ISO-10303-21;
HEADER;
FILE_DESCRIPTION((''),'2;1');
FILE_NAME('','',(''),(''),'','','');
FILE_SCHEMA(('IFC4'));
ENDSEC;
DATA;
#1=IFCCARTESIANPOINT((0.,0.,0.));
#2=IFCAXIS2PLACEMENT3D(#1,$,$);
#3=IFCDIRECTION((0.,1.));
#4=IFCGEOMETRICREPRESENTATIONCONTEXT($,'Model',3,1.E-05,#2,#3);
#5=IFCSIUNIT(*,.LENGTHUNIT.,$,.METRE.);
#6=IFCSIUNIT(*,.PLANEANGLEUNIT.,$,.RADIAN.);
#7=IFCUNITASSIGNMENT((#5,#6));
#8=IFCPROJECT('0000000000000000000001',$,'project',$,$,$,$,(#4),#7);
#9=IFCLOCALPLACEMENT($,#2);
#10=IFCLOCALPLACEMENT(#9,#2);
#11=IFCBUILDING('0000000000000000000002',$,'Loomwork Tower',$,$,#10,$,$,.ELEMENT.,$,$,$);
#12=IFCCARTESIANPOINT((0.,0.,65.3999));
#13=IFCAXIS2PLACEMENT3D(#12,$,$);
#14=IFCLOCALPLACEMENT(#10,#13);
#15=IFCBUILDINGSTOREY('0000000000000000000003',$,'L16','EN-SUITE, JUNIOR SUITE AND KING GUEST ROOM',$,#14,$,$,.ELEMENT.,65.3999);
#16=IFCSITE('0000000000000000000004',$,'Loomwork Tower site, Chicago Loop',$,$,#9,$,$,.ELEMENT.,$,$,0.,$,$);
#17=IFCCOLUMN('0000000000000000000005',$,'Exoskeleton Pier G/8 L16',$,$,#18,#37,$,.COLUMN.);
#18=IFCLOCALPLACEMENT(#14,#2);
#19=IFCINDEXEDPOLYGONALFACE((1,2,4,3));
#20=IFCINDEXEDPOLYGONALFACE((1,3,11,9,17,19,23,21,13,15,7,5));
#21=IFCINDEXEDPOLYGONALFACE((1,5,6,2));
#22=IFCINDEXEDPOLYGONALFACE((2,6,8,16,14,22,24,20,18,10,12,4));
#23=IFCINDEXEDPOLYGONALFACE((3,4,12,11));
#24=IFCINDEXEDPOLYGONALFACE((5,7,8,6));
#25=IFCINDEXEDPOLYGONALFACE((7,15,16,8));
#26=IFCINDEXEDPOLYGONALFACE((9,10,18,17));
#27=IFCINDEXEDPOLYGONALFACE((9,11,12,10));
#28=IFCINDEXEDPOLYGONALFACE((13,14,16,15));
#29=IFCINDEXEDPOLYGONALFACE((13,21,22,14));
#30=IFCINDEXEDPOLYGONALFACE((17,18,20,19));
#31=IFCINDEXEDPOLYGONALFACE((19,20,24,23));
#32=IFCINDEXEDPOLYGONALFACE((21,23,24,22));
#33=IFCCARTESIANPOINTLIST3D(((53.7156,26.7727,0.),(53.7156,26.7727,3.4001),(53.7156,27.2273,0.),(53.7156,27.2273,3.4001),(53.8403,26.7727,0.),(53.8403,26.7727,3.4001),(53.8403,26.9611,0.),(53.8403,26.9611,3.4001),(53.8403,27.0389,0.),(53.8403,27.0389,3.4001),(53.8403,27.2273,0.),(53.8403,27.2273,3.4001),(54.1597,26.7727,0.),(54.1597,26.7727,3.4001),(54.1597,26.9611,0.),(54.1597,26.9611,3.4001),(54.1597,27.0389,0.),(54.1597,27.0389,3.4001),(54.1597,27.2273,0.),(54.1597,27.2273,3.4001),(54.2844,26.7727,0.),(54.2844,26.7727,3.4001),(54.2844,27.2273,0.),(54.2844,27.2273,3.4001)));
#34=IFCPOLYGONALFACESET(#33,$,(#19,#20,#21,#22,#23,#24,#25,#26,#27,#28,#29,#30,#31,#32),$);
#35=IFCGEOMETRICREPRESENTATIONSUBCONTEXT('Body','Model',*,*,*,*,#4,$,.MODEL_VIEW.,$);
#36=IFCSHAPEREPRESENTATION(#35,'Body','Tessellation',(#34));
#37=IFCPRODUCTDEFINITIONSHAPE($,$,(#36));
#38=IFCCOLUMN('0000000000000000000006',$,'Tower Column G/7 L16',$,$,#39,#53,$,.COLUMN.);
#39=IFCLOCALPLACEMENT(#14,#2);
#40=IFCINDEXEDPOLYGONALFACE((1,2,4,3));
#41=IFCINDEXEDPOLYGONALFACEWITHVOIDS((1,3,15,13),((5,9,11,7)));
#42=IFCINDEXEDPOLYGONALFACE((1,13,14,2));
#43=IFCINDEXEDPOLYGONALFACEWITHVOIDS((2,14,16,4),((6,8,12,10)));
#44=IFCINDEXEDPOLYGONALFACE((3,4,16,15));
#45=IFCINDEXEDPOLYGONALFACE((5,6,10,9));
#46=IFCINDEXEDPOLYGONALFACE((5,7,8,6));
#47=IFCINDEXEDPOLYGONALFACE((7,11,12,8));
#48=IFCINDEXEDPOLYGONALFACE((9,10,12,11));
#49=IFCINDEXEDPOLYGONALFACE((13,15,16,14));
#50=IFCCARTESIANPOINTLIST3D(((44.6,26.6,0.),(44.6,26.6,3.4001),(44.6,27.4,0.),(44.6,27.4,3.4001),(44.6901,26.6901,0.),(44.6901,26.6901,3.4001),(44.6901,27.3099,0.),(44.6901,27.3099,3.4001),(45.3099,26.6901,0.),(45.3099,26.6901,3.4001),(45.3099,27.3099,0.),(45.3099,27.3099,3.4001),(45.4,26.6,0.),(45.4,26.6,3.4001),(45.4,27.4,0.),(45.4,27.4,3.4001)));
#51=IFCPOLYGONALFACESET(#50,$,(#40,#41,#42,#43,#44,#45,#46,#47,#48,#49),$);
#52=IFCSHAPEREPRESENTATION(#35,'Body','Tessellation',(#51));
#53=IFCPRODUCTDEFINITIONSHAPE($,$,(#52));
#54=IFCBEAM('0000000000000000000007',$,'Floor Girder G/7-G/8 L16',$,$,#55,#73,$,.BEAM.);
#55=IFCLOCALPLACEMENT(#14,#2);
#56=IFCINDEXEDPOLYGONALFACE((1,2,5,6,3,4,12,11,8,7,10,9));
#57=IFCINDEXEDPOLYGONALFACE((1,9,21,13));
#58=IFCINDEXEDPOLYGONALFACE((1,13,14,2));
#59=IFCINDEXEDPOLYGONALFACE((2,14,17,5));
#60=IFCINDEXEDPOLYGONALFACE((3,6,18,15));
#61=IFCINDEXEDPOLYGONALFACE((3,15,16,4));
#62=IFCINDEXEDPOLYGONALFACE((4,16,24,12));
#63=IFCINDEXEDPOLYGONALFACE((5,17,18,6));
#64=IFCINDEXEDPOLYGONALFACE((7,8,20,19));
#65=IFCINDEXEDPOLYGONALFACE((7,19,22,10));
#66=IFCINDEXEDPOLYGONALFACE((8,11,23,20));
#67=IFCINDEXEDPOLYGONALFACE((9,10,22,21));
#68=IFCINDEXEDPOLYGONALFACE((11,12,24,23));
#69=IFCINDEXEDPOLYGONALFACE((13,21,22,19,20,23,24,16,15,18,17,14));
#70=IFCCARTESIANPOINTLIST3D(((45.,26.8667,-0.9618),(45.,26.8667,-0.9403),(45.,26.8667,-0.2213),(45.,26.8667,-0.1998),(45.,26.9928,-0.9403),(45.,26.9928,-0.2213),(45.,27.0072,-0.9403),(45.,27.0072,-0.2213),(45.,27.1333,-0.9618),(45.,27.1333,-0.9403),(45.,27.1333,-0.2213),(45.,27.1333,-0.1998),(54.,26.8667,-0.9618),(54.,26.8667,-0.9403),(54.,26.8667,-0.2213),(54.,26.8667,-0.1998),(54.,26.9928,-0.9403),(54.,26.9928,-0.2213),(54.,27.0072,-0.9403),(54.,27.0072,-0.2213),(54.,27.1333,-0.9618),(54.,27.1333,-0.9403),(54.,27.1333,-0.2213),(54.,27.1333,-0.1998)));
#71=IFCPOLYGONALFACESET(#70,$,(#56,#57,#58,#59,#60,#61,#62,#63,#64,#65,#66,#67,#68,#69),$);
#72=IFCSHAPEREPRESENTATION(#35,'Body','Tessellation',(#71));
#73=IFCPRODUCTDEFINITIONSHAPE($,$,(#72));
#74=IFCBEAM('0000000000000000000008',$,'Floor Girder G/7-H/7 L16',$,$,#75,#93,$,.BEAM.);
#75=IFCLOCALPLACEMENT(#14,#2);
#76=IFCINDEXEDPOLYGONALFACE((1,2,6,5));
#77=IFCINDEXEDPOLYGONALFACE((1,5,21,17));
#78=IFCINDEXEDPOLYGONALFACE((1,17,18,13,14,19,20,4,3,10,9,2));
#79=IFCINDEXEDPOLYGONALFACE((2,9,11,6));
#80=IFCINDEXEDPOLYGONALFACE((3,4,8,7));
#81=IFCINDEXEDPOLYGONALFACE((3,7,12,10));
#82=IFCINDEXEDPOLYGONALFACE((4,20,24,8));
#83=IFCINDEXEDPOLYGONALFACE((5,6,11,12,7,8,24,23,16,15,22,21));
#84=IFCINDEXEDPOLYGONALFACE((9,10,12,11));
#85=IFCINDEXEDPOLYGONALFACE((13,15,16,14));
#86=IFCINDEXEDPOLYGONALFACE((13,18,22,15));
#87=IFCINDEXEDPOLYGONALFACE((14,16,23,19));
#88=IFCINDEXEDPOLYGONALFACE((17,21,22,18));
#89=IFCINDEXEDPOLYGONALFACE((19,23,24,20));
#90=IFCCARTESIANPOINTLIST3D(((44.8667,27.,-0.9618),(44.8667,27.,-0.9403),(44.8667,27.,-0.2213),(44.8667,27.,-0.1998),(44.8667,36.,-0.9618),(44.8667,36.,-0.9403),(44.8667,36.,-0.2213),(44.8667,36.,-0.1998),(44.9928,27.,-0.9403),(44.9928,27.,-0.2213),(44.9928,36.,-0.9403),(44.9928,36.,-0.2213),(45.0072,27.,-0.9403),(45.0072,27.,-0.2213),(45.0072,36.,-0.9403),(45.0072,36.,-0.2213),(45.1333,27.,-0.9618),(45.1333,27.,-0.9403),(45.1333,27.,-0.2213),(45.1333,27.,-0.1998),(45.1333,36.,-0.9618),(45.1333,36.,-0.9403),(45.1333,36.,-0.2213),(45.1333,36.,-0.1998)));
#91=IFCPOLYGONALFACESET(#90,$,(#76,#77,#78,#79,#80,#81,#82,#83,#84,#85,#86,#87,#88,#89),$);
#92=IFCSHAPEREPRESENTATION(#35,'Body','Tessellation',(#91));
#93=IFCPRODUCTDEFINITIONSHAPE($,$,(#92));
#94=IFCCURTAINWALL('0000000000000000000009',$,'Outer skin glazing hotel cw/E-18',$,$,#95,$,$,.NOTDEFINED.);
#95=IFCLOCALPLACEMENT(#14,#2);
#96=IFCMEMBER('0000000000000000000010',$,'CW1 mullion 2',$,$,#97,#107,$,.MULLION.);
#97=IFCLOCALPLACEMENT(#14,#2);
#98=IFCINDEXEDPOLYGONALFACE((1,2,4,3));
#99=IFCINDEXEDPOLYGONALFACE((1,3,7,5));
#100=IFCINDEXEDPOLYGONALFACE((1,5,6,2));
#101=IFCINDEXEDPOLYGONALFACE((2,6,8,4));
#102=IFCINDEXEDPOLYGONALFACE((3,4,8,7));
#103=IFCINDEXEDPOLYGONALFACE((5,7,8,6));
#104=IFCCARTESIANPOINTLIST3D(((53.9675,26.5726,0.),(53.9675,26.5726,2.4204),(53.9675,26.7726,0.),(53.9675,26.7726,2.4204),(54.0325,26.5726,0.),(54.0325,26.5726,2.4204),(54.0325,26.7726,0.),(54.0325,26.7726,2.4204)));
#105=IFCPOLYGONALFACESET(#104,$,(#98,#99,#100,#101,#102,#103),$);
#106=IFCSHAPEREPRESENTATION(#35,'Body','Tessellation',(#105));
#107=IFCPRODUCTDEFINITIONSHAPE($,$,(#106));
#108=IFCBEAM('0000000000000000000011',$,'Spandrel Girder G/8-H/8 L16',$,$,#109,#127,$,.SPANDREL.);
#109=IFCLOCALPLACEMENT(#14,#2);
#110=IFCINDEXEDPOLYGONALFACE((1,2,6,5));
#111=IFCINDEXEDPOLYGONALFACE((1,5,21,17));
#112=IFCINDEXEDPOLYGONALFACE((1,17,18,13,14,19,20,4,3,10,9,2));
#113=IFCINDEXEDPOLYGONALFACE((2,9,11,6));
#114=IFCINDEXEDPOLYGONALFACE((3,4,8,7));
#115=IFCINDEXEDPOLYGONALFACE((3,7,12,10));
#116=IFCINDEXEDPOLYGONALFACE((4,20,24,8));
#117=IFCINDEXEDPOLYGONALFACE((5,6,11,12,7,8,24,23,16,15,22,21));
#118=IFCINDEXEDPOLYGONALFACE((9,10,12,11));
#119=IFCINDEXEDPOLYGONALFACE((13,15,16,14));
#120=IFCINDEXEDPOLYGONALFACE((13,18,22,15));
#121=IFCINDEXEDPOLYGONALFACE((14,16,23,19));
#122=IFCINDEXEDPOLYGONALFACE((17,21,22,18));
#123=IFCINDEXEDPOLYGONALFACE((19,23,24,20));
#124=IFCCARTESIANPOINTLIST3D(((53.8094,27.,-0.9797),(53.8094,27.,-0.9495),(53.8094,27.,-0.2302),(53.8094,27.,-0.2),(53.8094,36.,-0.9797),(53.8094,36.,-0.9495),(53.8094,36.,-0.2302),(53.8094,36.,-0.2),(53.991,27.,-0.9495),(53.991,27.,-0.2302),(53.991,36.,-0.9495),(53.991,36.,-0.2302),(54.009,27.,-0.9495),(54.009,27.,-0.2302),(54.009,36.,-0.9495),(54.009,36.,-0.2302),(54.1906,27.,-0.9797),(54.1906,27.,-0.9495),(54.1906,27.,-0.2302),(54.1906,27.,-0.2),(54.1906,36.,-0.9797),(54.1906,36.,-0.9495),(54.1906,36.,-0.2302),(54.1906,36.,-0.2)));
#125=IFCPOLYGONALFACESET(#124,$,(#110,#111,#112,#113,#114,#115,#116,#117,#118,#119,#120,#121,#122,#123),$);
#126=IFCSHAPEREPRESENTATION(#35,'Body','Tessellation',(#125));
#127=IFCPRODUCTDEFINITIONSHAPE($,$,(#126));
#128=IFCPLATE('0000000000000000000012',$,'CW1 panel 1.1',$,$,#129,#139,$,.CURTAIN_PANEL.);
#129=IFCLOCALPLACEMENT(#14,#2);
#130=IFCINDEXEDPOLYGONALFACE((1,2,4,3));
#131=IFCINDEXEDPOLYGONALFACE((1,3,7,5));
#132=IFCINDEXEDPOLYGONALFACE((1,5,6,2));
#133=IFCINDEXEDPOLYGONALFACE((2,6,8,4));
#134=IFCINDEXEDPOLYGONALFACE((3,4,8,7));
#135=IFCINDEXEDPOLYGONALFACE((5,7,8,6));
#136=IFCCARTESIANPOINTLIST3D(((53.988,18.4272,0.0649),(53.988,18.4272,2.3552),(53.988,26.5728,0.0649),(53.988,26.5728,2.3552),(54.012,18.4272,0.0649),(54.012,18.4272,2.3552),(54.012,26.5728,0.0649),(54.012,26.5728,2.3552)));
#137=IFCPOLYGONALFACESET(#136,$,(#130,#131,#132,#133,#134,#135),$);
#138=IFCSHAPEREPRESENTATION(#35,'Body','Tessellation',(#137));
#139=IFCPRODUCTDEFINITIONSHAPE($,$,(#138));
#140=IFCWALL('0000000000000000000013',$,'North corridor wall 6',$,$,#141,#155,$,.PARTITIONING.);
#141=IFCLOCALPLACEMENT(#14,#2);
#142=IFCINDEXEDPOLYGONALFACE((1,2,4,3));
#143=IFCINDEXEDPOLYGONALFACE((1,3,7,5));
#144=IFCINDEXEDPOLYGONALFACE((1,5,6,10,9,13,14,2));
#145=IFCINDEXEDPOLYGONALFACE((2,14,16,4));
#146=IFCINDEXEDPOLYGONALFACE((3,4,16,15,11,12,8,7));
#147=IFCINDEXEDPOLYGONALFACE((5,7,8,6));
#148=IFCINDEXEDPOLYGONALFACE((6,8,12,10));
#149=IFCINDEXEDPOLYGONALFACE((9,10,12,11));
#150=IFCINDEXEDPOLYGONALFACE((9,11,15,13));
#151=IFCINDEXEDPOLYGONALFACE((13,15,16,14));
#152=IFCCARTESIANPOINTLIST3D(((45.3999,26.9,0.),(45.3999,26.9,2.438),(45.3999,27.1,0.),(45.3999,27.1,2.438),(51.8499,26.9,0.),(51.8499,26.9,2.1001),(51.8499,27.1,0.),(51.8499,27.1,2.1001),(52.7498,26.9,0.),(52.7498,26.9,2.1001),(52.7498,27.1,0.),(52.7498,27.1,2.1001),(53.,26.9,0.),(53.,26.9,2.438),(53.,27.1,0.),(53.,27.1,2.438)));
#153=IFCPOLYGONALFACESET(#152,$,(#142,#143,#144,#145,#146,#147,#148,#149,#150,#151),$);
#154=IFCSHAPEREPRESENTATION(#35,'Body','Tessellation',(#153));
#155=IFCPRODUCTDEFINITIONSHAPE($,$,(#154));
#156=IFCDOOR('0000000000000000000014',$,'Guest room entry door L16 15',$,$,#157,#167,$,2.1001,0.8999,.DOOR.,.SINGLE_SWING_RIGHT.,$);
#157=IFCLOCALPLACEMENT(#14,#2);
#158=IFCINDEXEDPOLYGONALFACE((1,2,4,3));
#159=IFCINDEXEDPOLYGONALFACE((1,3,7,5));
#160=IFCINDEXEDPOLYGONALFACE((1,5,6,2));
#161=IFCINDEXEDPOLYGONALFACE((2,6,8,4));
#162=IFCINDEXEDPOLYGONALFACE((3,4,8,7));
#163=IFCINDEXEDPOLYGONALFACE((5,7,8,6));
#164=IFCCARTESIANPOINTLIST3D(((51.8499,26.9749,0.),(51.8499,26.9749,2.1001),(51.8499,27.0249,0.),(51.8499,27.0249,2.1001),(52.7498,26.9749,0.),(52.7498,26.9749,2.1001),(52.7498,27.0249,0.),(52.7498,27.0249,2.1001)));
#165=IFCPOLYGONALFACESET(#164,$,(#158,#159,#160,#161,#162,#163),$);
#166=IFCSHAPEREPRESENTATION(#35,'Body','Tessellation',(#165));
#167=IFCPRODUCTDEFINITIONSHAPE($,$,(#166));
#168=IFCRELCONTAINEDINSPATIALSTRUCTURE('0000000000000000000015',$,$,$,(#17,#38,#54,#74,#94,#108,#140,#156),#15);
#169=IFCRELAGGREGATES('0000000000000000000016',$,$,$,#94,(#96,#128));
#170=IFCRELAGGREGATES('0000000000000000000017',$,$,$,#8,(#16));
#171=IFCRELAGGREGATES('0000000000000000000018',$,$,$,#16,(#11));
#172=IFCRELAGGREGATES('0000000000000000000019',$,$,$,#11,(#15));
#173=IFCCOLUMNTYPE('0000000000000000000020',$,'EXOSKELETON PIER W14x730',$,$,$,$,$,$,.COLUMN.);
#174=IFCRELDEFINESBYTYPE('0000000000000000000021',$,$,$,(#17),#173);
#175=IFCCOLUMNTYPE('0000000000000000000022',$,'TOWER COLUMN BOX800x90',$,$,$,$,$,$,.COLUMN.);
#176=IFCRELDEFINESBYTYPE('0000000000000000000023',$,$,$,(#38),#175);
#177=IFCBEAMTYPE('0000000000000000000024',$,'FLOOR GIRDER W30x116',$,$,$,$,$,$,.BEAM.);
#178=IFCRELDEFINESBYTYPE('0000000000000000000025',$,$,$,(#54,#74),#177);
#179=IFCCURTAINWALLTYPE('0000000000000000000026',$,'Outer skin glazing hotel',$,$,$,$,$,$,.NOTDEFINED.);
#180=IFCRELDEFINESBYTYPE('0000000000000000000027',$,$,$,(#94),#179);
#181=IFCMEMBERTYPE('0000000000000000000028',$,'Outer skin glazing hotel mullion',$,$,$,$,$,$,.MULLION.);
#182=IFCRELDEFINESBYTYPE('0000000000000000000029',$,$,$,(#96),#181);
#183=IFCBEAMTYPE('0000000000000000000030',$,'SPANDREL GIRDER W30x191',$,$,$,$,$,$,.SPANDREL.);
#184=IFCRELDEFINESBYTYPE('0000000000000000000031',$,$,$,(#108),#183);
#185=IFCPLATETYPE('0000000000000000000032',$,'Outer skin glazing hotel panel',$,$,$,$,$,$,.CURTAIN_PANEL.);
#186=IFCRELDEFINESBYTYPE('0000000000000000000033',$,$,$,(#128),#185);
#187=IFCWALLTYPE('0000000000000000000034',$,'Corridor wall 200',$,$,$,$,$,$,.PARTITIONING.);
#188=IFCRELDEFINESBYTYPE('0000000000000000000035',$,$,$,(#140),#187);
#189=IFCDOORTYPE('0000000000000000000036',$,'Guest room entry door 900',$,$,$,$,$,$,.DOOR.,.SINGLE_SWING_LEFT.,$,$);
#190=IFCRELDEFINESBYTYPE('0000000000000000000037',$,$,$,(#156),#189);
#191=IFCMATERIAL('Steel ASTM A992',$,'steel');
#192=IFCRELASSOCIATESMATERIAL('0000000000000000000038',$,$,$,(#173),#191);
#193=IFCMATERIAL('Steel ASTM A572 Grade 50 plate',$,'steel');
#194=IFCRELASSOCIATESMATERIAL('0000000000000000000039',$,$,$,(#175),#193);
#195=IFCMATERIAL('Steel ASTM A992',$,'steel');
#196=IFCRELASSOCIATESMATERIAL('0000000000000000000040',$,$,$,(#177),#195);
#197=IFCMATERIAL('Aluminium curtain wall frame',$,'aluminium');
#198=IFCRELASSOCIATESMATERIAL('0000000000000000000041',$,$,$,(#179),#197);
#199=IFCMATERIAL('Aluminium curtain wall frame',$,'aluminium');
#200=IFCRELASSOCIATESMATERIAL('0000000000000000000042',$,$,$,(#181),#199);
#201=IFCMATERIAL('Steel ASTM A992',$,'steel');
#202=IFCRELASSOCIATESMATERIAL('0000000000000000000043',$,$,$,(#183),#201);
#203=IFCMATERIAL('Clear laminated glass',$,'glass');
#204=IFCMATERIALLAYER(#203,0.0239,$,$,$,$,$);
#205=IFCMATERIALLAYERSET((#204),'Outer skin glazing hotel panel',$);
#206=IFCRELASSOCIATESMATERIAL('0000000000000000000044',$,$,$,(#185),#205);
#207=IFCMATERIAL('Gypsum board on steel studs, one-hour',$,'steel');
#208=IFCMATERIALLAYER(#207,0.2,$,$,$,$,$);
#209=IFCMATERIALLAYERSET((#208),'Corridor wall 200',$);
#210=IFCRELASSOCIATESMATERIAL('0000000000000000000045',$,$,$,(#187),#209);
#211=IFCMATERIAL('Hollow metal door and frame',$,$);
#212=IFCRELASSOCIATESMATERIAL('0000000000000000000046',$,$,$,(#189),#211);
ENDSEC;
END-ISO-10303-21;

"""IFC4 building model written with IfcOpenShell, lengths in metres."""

from ifc_helpers import new_model, si_unit, direction, frame, frame_2d, origin, origin_2d, place, context, subcontext, project, spatial, rectangle, hollow_rectangle, i_section, extrude, material, layer, layer_set, material_profile, profile_set, type_object, element, fill, aggregate, save


model = new_model("IFC4")

# Units and contexts
model_context = context("Model", 3, precision=1e-05, world=origin(), true_north=direction((0.0, 1.0)))
body_context = subcontext(model_context, "Body", "Model", "MODEL_VIEW")
ifc_project = project(units=[si_unit("LENGTHUNIT", "METRE"), si_unit("PLANEANGLEUNIT", "RADIAN")], contexts=[model_context])

# Site, building, storey
site_placement = place(None, origin())
site = spatial("IfcSite", under=ifc_project, at=site_placement, Name="Loomwork Tower site, Chicago Loop", CompositionType="ELEMENT", RefElevation=0.0)
building_placement = place(site_placement, origin())
building = spatial("IfcBuilding", under=site, at=building_placement, Name="Loomwork Tower", CompositionType="ELEMENT")
storey_placement = place(building_placement, frame((0.0, 0.0, 65.3999)))
storey = spatial("IfcBuildingStorey", under=building, at=storey_placement, Name="L16", Description="EN-SUITE, JUNIOR SUITE AND KING GUEST ROOM", CompositionType="ELEMENT", Elevation=65.3999)

# Columns
ifc_material_1 = material(Name="Steel ASTM A992", Category="steel")
ifc_material_profile_1 = material_profile(ifc_material_1, i_section(OverallWidth=0.4546, OverallDepth=0.5688, WebThickness=0.0779, FlangeThickness=0.1248, at=origin_2d()), Name="W14x730")
ifc_profile_set_1 = profile_set([ifc_material_profile_1], Name="Steel ASTM A992")
column_type_1 = type_object("IfcColumnType", Name="EXOSKELETON PIER W14x730", PredefinedType="COLUMN", material=ifc_profile_set_1)
column_1_placement = place(storey_placement, frame((54.0, 27.0, 0.0), z_axis=(0.0, 0.0, 1.0), x_axis=(0.0, 1.0, 0.0)))
element("IfcColumn", 1, at=column_1_placement, inside=storey, type_object=column_type_1, Name="Exoskeleton Pier G/8 L16", PredefinedType="COLUMN", context=body_context, shape_type="SweptSolid", body=[
    extrude(i_section(OverallWidth=0.4546, OverallDepth=0.5688, WebThickness=0.0779, FlangeThickness=0.1248, at=origin_2d()), origin(), (0.0, 0.0, 1.0), 3.4001),
])
ifc_material_2 = material(Name="Steel ASTM A572 Grade 50 plate", Category="steel")
ifc_material_profile_2 = material_profile(ifc_material_2, hollow_rectangle(XDim=0.8, YDim=0.8, WallThickness=0.0901, at=origin_2d()), Name="BOX800x90")
ifc_profile_set_2 = profile_set([ifc_material_profile_2], Name="Steel ASTM A572 Grade 50 plate")
column_type_2 = type_object("IfcColumnType", Name="TOWER COLUMN BOX800x90", PredefinedType="COLUMN", material=ifc_profile_set_2)
column_2_placement = place(storey_placement, frame((45.0, 27.0, 0.0), z_axis=(0.0, 0.0, 1.0), x_axis=(0.0, 1.0, 0.0)))
element("IfcColumn", 2, at=column_2_placement, inside=storey, type_object=column_type_2, Name="Tower Column G/7 L16", PredefinedType="COLUMN", context=body_context, shape_type="SweptSolid", body=[
    extrude(hollow_rectangle(XDim=0.8, YDim=0.8, WallThickness=0.0901, at=origin_2d()), origin(), (0.0, 0.0, 1.0), 3.4001),
])

# Beams
ifc_material_3 = material(Name="Steel ASTM A992", Category="steel")
ifc_material_profile_3 = material_profile(ifc_material_3, i_section(OverallWidth=0.2666, OverallDepth=0.762, WebThickness=0.0144, FlangeThickness=0.0215, at=origin_2d()), Name="W30x116")
ifc_profile_set_3 = profile_set([ifc_material_profile_3], Name="Steel ASTM A992")
beam_type_1 = type_object("IfcBeamType", Name="FLOOR GIRDER W30x116", PredefinedType="BEAM", material=ifc_profile_set_3)
for number, where, z_axis, x_axis, name in (
    (3, (45.0, 27.0, -0.5808), (1.0, 0.0, 0.0), (0.0, 1.0, 0.0), "Floor Girder G/7-G/8 L16"),
    (4, (45.0, 27.0, -0.5808), (0.0, 1.0, 0.0), (-1.0, 0.0, 0.0), "Floor Girder G/7-H/7 L16"),
):
    element("IfcBeam", number, at=place(storey_placement, frame(where, z_axis=z_axis, x_axis=x_axis)), inside=storey, type_object=beam_type_1, Name=name, PredefinedType="BEAM", context=body_context, shape_type="SweptSolid", body=[
        extrude(i_section(OverallWidth=0.2666, OverallDepth=0.762, WebThickness=0.0144, FlangeThickness=0.0215, at=origin_2d()), origin(), (0.0, 0.0, 1.0), 9.0),
    ])

# Curtain wall, member
ifc_material_4 = material(Name="Aluminium curtain wall frame", Category="aluminium")
curtain_wall_type = type_object("IfcCurtainWallType", Name="Outer skin glazing hotel", PredefinedType="NOTDEFINED", material=ifc_material_4)
curtain_wall_placement = place(storey_placement, origin())
curtain_wall = element("IfcCurtainWall", 5, at=curtain_wall_placement, inside=storey, type_object=curtain_wall_type, Name="Outer skin glazing hotel cw/E-18", PredefinedType="NOTDEFINED")
ifc_material_5 = material(Name="Aluminium curtain wall frame", Category="aluminium")
ifc_material_profile_4 = material_profile(ifc_material_5, rectangle(XDim=0.0649, YDim=0.2, at=origin_2d()), Name="AL 65x200")
ifc_profile_set_4 = profile_set([ifc_material_profile_4], Name="Aluminium curtain wall frame")
member_type = type_object("IfcMemberType", Name="Outer skin glazing hotel mullion", PredefinedType="MULLION", material=ifc_profile_set_4)
member_placement = place(storey_placement, frame((54.0, 26.6726, 0.0), z_axis=(0.0, 0.0, 1.0), x_axis=(-1.0, 0.0, 0.0)))
member = element("IfcMember", 6, at=member_placement, type_object=member_type, Name="CW1 mullion 2", PredefinedType="MULLION", context=body_context, shape_type="SweptSolid", body=[
    extrude(rectangle(XDim=0.0649, YDim=0.2, at=origin_2d()), origin(), (0.0, 0.0, 1.0), 2.4204),
])

# Beam
ifc_material_6 = material(Name="Steel ASTM A992", Category="steel")
ifc_material_profile_5 = material_profile(ifc_material_6, i_section(OverallWidth=0.3811, OverallDepth=0.7798, WebThickness=0.0181, FlangeThickness=0.0303, at=origin_2d()), Name="W30x191")
ifc_profile_set_5 = profile_set([ifc_material_profile_5], Name="Steel ASTM A992")
beam_type_2 = type_object("IfcBeamType", Name="SPANDREL GIRDER W30x191", PredefinedType="SPANDREL", material=ifc_profile_set_5)
beam_placement = place(storey_placement, frame((54.0, 27.0, -0.5898), z_axis=(0.0, 1.0, 0.0), x_axis=(-1.0, 0.0, 0.0)))
element("IfcBeam", 7, at=beam_placement, inside=storey, type_object=beam_type_2, Name="Spandrel Girder G/8-H/8 L16", PredefinedType="SPANDREL", context=body_context, shape_type="SweptSolid", body=[
    extrude(i_section(OverallWidth=0.3811, OverallDepth=0.7798, WebThickness=0.0181, FlangeThickness=0.0303, at=origin_2d()), origin(), (0.0, 0.0, 1.0), 9.0),
])

# Plate
ifc_material_7 = material(Name="Clear laminated glass", Category="glass")
ifc_layer_1 = layer(ifc_material_7, 0.0239)
ifc_layer_set_1 = layer_set([ifc_layer_1], Name="Outer skin glazing hotel panel")
plate_type = type_object("IfcPlateType", Name="Outer skin glazing hotel panel", PredefinedType="CURTAIN_PANEL", material=ifc_layer_set_1)
plate_placement = place(storey_placement, frame((54.0, 22.5, 0.0649), z_axis=(0.0, 0.0, 1.0), x_axis=(0.0, 1.0, 0.0)))
plate = element("IfcPlate", 8, at=plate_placement, type_object=plate_type, Name="CW1 panel 1.1", PredefinedType="CURTAIN_PANEL", context=body_context, shape_type="SweptSolid", body=[
    extrude(rectangle(XDim=8.1455, YDim=0.0239, at=origin_2d()), origin(), (0.0, 0.0, 1.0), 2.2903),
])
aggregate(curtain_wall, [member, plate])

# Wall, opening, door
ifc_material_8 = material(Name="Gypsum board on steel studs, one-hour", Category="steel")
ifc_layer_2 = layer(ifc_material_8, 0.2)
ifc_layer_set_2 = layer_set([ifc_layer_2], Name="Corridor wall 200")
wall_type_1 = type_object("IfcWallType", Name="Corridor wall 200", PredefinedType="PARTITIONING", material=ifc_layer_set_2)
wall_1_placement = place(storey_placement, frame((45.3999, 27.0, 0.0), z_axis=(0.0, 0.0, 1.0), x_axis=(1.0, 0.0, 0.0)))
wall_1 = element("IfcWall", 9, at=wall_1_placement, inside=storey, type_object=wall_type_1, Name="North corridor wall 6", PredefinedType="PARTITIONING", context=body_context, shape_type="SweptSolid", body=[
    extrude(rectangle(XDim=7.6001, YDim=0.2, at=frame_2d((3.8, 0.0))), origin(), (0.0, 0.0, 1.0), 2.438),
])
opening_1_placement = place(wall_1_placement, frame((6.45, 0.0, 0.0)))
opening_1 = element("IfcOpeningElement", 10, at=opening_1_placement, cuts=wall_1, PredefinedType="OPENING", context=body_context, shape_type="SweptSolid", body=[
    extrude(rectangle(XDim=0.8999, YDim=2.1001, at=frame_2d((0.45, 1.05))), frame((0.0, 0.1099, 0.0), z_axis=(0.0, -1.0, 0.0), x_axis=(1.0, 0.0, 0.0)), (0.0, 0.0, 1.0), 0.22),
])
ifc_material_9 = material(Name="Hollow metal door and frame")
door_type_1 = type_object("IfcDoorType", Name="Guest room entry door 900", OperationType="SINGLE_SWING_LEFT", PredefinedType="DOOR", material=ifc_material_9)
door_1_placement = place(opening_1_placement, origin())
door_1 = element("IfcDoor", 11, at=door_1_placement, inside=storey, type_object=door_type_1, Name="Guest room entry door L16 15", OperationType="SINGLE_SWING_RIGHT", OverallHeight=2.1001, OverallWidth=0.8999, PredefinedType="DOOR", context=body_context, shape_type="SweptSolid", body=[
    extrude(rectangle(XDim=0.8999, YDim=2.1001, at=frame_2d((0.45, 1.05))), frame((0.0, 0.0249, 0.0), z_axis=(0.0, -1.0, 0.0), x_axis=(1.0, 0.0, 0.0)), (0.0, 0.0, 1.0), 0.05),
])
fill(opening_1, door_1)

save(model, "model.ifc")
